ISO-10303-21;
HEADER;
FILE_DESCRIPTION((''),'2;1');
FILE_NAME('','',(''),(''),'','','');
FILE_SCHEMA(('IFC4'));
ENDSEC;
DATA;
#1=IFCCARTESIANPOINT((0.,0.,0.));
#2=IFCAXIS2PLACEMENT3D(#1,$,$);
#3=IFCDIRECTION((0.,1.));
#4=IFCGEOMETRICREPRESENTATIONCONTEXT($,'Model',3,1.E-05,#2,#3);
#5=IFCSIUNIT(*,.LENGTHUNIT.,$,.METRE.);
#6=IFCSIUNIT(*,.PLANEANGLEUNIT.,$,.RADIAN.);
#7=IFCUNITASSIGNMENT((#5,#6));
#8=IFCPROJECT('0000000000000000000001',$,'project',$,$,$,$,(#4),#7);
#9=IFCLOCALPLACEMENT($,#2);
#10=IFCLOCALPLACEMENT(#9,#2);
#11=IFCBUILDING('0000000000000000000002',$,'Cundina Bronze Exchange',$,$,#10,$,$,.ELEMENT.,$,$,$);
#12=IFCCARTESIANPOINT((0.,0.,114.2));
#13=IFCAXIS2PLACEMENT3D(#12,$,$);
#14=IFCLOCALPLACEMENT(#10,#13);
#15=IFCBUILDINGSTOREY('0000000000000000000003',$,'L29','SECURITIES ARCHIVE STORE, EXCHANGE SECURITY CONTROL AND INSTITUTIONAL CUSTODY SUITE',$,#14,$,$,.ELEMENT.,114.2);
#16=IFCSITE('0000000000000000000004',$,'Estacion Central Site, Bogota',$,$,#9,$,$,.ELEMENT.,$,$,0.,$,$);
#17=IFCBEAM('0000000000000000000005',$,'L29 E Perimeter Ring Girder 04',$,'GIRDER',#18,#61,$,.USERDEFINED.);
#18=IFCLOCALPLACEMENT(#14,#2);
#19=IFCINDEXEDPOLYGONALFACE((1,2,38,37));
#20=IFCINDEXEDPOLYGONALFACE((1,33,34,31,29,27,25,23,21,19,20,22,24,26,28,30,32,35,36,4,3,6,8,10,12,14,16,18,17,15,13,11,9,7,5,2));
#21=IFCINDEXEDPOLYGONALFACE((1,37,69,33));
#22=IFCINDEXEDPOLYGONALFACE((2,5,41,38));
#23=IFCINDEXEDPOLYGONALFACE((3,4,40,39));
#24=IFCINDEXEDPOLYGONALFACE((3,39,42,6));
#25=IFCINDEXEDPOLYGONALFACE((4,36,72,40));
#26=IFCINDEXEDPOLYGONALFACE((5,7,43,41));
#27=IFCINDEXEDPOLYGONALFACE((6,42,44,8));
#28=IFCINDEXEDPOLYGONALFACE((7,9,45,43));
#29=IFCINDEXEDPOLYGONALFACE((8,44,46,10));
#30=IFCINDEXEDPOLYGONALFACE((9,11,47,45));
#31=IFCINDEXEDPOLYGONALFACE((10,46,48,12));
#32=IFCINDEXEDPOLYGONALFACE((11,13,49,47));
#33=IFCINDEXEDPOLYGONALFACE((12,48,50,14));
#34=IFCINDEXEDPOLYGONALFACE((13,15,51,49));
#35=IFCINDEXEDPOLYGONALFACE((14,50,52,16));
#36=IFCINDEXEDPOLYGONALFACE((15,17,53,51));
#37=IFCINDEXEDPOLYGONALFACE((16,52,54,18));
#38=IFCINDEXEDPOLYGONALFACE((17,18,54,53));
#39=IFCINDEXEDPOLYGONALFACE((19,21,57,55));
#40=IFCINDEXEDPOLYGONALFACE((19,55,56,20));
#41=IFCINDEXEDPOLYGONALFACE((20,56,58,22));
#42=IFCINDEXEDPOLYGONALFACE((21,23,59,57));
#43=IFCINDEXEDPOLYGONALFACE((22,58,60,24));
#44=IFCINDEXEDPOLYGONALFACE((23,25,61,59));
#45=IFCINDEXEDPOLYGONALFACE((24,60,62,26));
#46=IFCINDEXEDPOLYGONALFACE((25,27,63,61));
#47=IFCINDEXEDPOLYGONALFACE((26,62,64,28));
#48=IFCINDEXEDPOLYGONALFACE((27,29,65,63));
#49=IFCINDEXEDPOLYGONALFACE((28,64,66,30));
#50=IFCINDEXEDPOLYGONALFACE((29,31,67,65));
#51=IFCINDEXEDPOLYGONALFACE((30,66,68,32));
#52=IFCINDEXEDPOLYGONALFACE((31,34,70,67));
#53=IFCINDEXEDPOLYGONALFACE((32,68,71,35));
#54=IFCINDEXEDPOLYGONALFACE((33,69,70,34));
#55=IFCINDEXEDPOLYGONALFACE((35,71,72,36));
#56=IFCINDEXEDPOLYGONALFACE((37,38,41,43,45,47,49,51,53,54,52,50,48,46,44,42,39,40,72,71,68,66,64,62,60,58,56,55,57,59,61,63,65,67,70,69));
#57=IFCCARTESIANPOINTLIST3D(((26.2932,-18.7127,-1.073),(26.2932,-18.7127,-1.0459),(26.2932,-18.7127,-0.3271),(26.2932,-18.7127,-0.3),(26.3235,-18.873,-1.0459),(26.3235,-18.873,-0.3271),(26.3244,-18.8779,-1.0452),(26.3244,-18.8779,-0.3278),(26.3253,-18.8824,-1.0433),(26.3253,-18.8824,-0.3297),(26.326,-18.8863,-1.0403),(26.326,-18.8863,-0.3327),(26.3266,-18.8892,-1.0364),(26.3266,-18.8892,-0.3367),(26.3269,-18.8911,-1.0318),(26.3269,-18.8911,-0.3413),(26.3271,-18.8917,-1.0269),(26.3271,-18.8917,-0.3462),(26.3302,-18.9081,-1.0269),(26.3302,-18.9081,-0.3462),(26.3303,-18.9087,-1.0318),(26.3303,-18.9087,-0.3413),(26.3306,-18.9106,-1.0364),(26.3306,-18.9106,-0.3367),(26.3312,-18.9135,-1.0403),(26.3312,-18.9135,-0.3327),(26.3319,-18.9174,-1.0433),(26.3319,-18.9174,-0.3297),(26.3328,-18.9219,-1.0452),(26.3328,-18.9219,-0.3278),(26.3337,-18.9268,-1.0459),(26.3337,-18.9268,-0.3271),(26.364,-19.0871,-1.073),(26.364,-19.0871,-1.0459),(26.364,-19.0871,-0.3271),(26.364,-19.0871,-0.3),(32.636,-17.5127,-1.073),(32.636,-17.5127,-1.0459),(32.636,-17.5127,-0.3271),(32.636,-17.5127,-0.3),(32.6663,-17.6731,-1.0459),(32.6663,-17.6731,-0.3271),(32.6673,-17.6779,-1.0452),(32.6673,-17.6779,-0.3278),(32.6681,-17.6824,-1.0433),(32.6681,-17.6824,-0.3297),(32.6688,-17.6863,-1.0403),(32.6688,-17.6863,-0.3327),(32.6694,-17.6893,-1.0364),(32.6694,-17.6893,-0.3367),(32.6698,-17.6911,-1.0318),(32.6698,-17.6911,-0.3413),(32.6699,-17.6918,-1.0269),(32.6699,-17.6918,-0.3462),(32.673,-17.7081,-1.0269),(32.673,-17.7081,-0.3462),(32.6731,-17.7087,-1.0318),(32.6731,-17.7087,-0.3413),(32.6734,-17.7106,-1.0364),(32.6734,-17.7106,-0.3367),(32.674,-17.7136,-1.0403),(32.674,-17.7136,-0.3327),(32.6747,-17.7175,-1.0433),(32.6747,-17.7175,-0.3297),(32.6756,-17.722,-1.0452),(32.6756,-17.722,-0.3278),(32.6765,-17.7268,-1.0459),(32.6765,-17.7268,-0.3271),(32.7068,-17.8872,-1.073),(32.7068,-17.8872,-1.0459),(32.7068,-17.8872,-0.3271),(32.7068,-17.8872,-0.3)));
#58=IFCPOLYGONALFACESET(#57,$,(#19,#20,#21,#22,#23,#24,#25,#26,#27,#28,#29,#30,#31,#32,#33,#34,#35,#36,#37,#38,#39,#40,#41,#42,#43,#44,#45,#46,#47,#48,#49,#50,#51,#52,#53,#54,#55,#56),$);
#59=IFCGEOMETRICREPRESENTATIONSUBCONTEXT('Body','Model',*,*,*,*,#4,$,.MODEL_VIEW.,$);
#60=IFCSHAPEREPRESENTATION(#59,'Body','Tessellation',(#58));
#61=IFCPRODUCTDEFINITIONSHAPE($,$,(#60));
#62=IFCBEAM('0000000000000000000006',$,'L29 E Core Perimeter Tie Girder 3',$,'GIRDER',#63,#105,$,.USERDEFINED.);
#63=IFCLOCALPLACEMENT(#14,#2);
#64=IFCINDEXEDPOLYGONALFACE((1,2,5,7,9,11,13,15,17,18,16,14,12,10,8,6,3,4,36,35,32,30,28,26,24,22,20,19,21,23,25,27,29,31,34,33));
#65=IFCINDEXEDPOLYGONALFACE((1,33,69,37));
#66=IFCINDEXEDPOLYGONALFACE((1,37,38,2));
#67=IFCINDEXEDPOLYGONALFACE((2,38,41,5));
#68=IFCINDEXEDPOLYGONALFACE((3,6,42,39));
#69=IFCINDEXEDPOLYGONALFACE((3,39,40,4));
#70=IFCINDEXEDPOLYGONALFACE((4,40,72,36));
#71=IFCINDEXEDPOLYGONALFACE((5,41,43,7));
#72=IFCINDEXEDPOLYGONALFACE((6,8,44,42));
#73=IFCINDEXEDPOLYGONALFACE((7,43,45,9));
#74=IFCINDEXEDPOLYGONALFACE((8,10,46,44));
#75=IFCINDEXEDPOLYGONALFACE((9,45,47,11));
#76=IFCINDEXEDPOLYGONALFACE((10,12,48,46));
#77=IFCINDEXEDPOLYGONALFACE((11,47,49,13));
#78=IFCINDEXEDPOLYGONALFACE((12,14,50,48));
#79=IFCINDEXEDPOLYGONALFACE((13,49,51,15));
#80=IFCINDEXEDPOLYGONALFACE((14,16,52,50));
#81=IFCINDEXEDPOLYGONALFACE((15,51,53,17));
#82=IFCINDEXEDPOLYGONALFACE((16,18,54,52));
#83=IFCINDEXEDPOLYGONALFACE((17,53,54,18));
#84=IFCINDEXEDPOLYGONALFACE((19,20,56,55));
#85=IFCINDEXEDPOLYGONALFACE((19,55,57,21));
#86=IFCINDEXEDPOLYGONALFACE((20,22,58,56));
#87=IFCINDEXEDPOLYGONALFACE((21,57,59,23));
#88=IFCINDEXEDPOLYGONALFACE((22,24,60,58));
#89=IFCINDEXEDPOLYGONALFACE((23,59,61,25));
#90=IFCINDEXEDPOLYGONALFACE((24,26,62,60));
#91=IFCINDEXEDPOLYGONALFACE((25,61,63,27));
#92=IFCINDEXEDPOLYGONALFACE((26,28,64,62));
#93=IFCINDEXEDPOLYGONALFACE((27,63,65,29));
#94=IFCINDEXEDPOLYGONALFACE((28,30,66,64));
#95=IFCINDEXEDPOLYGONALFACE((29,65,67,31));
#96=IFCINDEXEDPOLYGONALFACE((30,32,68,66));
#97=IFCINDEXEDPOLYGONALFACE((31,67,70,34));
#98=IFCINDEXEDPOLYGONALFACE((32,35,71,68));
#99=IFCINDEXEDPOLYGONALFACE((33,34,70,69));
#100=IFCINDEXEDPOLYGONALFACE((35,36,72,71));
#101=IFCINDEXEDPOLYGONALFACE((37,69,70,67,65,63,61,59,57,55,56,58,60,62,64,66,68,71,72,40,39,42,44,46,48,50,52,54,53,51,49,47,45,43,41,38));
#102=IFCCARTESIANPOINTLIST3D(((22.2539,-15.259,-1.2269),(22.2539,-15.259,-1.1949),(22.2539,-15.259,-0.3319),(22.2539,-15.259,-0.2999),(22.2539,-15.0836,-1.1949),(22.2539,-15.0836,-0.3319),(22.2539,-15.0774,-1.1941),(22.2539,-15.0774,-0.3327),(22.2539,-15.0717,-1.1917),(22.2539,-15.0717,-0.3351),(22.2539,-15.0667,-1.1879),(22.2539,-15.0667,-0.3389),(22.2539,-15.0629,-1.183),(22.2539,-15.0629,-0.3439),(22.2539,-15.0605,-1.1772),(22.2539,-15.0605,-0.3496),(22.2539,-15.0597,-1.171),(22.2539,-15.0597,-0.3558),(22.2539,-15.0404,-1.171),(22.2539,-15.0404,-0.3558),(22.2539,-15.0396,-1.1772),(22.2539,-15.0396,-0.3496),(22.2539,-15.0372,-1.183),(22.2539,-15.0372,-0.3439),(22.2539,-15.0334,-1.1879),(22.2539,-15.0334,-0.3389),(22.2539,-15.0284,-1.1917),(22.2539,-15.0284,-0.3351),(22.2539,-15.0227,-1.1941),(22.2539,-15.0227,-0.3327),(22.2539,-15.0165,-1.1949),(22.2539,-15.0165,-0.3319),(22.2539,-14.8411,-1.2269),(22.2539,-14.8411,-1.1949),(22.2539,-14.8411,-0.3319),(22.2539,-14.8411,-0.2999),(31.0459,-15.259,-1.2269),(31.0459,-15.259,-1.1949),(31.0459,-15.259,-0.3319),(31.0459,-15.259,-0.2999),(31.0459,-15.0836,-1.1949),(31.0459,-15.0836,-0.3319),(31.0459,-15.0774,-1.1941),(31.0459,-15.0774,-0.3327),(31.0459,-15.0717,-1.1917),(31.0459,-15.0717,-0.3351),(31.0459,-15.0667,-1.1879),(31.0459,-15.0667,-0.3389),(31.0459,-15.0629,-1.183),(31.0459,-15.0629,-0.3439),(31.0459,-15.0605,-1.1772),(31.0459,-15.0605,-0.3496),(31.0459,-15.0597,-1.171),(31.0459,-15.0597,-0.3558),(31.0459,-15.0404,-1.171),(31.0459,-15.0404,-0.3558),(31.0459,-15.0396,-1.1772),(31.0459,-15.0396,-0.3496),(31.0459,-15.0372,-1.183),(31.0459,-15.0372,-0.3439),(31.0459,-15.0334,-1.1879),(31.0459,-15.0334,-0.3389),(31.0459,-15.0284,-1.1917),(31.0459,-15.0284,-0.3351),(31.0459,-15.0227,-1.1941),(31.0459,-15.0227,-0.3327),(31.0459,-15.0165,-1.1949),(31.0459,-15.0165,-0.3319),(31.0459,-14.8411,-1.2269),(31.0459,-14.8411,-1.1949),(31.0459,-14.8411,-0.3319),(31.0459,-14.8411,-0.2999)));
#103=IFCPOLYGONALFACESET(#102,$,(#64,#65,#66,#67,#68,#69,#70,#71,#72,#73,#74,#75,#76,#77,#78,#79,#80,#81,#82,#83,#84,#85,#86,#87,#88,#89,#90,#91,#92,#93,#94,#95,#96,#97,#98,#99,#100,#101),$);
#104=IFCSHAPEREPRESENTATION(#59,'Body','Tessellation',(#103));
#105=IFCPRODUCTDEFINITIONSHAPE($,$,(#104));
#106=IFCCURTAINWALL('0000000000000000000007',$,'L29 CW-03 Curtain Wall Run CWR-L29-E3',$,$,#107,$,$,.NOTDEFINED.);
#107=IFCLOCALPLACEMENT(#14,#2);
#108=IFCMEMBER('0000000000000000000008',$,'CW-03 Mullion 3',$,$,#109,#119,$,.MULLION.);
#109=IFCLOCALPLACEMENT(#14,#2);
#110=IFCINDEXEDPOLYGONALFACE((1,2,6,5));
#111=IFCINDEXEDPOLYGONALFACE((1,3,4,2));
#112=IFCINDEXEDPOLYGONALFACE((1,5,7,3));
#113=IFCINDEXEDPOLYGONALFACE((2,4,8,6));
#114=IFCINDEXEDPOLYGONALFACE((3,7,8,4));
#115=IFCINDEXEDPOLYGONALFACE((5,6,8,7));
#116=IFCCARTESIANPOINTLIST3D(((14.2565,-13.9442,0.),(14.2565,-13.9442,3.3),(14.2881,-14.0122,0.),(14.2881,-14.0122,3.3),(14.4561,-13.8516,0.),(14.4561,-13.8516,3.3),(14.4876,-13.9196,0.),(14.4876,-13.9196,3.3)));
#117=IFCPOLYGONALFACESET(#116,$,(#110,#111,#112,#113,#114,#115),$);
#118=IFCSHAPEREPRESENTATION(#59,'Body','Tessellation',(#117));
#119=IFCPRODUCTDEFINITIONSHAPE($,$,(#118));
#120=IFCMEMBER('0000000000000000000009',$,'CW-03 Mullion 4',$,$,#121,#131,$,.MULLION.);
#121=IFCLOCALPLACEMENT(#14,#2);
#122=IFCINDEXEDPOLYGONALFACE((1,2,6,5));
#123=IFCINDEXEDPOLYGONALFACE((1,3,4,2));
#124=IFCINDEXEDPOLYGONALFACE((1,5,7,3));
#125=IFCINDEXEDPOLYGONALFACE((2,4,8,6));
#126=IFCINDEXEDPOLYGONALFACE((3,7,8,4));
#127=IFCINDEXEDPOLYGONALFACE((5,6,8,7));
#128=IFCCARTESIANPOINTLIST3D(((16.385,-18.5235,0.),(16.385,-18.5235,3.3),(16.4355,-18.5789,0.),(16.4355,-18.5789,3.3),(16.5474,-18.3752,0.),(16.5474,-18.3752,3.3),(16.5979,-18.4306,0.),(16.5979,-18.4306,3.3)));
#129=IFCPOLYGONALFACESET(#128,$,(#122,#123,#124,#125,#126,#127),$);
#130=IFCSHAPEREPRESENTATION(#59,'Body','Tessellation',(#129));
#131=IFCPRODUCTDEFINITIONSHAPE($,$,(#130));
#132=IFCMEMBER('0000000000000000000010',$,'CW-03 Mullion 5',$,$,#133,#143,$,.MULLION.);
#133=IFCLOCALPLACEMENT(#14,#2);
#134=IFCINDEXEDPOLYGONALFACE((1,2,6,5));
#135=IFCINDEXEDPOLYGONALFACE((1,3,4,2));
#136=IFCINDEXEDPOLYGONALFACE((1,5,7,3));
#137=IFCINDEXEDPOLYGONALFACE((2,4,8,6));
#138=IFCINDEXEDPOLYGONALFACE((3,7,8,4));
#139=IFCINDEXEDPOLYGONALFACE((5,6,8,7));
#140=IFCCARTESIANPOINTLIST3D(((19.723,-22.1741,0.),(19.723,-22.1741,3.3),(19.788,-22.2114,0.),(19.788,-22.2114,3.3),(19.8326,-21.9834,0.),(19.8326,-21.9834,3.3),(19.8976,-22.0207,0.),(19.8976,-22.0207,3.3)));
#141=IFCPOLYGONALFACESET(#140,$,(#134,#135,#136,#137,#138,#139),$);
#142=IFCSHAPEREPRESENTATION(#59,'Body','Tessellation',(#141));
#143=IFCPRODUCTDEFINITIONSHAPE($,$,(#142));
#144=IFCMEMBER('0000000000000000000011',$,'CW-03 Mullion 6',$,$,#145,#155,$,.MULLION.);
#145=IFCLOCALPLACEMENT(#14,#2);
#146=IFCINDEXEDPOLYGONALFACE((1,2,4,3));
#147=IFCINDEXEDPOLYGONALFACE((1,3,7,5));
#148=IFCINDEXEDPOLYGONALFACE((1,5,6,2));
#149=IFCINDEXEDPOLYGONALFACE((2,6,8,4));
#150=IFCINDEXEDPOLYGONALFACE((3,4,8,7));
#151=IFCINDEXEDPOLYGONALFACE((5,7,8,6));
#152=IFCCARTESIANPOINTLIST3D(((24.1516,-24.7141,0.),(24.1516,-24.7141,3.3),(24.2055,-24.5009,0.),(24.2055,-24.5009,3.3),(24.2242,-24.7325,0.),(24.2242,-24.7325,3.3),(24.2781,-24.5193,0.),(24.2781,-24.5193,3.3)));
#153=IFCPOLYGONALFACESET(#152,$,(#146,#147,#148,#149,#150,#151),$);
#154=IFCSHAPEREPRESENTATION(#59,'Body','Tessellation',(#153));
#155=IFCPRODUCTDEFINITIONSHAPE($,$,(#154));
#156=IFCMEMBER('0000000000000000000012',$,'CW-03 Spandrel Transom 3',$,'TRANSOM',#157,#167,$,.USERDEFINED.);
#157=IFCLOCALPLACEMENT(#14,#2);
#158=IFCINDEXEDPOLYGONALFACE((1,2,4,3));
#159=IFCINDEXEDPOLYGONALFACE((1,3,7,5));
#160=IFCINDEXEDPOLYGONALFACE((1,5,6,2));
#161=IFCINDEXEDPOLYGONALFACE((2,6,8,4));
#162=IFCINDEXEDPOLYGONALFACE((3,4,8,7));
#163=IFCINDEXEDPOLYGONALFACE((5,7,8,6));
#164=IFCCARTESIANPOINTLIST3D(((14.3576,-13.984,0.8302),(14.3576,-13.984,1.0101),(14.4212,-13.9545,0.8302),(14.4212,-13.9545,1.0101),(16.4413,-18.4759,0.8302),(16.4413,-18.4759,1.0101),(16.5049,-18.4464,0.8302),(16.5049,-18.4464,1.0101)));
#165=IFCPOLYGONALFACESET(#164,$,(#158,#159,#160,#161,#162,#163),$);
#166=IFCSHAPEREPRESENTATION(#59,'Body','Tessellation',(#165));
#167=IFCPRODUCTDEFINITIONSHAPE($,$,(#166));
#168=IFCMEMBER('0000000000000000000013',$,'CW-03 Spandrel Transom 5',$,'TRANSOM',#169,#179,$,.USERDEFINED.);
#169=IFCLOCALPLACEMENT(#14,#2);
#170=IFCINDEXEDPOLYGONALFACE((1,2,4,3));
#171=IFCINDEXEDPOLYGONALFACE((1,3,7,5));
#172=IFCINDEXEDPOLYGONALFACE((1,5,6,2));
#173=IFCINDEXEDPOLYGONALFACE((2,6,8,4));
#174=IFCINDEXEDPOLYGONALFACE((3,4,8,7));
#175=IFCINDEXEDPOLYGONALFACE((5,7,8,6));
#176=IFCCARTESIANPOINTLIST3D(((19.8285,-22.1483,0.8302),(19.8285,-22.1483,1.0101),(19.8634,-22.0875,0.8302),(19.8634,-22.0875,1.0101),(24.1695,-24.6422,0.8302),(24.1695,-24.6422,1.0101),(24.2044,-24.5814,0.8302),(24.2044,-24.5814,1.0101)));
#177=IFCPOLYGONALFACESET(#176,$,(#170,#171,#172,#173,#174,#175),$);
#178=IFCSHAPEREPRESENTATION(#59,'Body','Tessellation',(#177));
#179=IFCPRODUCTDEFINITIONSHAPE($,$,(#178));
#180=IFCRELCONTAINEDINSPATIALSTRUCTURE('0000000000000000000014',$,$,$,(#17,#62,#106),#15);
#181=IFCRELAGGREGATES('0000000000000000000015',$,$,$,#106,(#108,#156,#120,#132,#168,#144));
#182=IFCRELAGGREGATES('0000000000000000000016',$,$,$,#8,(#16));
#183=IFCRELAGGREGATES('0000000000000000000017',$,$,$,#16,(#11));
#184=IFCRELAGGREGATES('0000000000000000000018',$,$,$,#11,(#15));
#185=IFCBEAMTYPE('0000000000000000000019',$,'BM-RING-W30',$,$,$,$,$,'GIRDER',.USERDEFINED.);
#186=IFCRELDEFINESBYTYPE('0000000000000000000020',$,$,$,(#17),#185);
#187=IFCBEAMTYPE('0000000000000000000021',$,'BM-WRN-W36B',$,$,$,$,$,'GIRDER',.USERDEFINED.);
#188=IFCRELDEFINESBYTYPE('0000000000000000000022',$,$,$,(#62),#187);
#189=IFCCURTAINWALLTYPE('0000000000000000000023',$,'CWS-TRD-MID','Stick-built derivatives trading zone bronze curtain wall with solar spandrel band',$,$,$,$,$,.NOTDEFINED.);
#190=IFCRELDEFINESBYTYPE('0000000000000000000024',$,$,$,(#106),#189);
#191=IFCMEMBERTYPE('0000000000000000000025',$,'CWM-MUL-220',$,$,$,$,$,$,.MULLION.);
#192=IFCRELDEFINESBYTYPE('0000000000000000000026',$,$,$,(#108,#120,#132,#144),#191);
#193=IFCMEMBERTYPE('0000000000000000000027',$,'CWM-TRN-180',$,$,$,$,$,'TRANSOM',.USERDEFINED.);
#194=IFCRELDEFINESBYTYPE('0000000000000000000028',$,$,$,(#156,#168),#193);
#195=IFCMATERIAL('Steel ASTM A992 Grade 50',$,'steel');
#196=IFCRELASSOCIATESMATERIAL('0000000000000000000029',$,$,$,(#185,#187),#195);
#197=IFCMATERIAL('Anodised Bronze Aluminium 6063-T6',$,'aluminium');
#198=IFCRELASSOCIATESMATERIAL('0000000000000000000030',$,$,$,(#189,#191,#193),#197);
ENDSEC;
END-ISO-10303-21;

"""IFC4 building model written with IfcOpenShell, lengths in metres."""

from ifc_helpers import new_model, si_unit, direction, frame, origin, origin_2d, place, context, subcontext, project, spatial, rectangle, i_section, extrude, material, material_profile, profile_set, type_object, element, aggregate, save


model = new_model("IFC4")

# Units and contexts
model_context = context("Model", 3, precision=1e-05, world=origin(), true_north=direction((0.0, 1.0)))
body_context = subcontext(model_context, "Body", "Model", "MODEL_VIEW")
ifc_project = project(units=[si_unit("LENGTHUNIT", "METRE"), si_unit("PLANEANGLEUNIT", "RADIAN")], contexts=[model_context])

# Site, building, storey
site_placement = place(None, origin())
site = spatial("IfcSite", under=ifc_project, at=site_placement, Name="Estacion Central Site, Bogota", CompositionType="ELEMENT", RefElevation=0.0)
building_placement = place(site_placement, origin())
building = spatial("IfcBuilding", under=site, at=building_placement, Name="Cundina Bronze Exchange", CompositionType="ELEMENT")
storey_placement = place(building_placement, frame((0.0, 0.0, 114.2)))
storey = spatial("IfcBuildingStorey", under=building, at=storey_placement, Name="L29", Description="SECURITIES ARCHIVE STORE, EXCHANGE SECURITY CONTROL AND INSTITUTIONAL CUSTODY SUITE", CompositionType="ELEMENT", Elevation=114.2)

# Shared definitions
ifc_material_1 = material(Name="Steel ASTM A992 Grade 50", Category="steel")

# Beams
ifc_material_profile_1 = material_profile(ifc_material_1, i_section(OverallWidth=0.3811, OverallDepth=0.7729, WebThickness=0.0166, FlangeThickness=0.0271, FilletRadius=0.019, at=origin_2d()), Name="W30X173", Category="steel")
ifc_profile_set_1 = profile_set([ifc_material_profile_1], Name="Steel ASTM A992 Grade 50")
beam_type_1 = type_object("IfcBeamType", Name="BM-RING-W30", ElementType="GIRDER", PredefinedType="USERDEFINED", material=ifc_profile_set_1)
beam_1_placement = place(storey_placement, frame((26.3286, -18.8999, -0.6865), z_axis=(0.982571, 0.185887, 0.0), x_axis=(-0.185887, 0.982571, 0.0)))
element("IfcBeam", 1, at=beam_1_placement, inside=storey, type_object=beam_type_1, Name="L29 E Perimeter Ring Girder 04", ObjectType="GIRDER", PredefinedType="USERDEFINED", context=body_context, shape_type="SweptSolid", body=[
    extrude(i_section(OverallWidth=0.3811, OverallDepth=0.7729, WebThickness=0.0166, FlangeThickness=0.0271, FilletRadius=0.019, at=origin_2d()), origin(), (0.0, 0.0, 1.0), 6.4553),
])
ifc_material_profile_2 = material_profile(ifc_material_1, i_section(OverallWidth=0.418, OverallDepth=0.927, WebThickness=0.0193, FlangeThickness=0.032, FilletRadius=0.0239, at=origin_2d()), Name="W36X231", Category="steel")
ifc_profile_set_2 = profile_set([ifc_material_profile_2], Name="Steel ASTM A992 Grade 50")
beam_type_2 = type_object("IfcBeamType", Name="BM-WRN-W36B", ElementType="GIRDER", PredefinedType="USERDEFINED", material=ifc_profile_set_2)
beam_2_placement = place(storey_placement, frame((22.2539, -15.05, -0.7634), z_axis=(1.0, 0.0, 0.0), x_axis=(0.0, 1.0, 0.0)))
element("IfcBeam", 2, at=beam_2_placement, inside=storey, type_object=beam_type_2, Name="L29 E Core Perimeter Tie Girder 3", ObjectType="GIRDER", PredefinedType="USERDEFINED", context=body_context, shape_type="SweptSolid", body=[
    extrude(i_section(OverallWidth=0.418, OverallDepth=0.927, WebThickness=0.0193, FlangeThickness=0.032, FilletRadius=0.0239, at=origin_2d()), origin(), (0.0, 0.0, 1.0), 8.792),
])

# Curtain wall, members
ifc_material_2 = material(Name="Anodised Bronze Aluminium 6063-T6", Category="aluminium")
curtain_wall_type = type_object("IfcCurtainWallType", Name="CWS-TRD-MID", Description="Stick-built derivatives trading zone bronze curtain wall with solar spandrel band", PredefinedType="NOTDEFINED", material=ifc_material_2)
curtain_wall_placement = place(storey_placement, origin())
curtain_wall = element("IfcCurtainWall", 3, at=curtain_wall_placement, inside=storey, type_object=curtain_wall_type, Name="L29 CW-03 Curtain Wall Run CWR-L29-E3", PredefinedType="NOTDEFINED")
ifc_material_profile_3 = material_profile(ifc_material_2, rectangle(XDim=0.075, YDim=0.22, at=origin_2d()), Name="AL75X220", Category="aluminium")
ifc_profile_set_3 = profile_set([ifc_material_profile_3], Name="Anodised Bronze Aluminium 6063-T6")
member_type_1 = type_object("IfcMemberType", Name="CWM-MUL-220", PredefinedType="MULLION", material=ifc_profile_set_3)
member_1_placement = place(storey_placement, frame((14.3721, -13.9319, 0.0), z_axis=(0.0, 0.0, 1.0), x_axis=(0.420877, -0.907117, 0.0)))
member_1 = element("IfcMember", 4, at=member_1_placement, type_object=member_type_1, Name="CW-03 Mullion 3", PredefinedType="MULLION", context=body_context, shape_type="SweptSolid", body=[
    extrude(rectangle(XDim=0.075, YDim=0.22, at=origin_2d()), origin(), (0.0, 0.0, 1.0), 3.3),
])
member_2_placement = place(storey_placement, frame((16.4915, -18.4771, 0.0), z_axis=(0.0, 0.0, 1.0), x_axis=(0.674302, -0.738455, 0.0)))
member_2 = element("IfcMember", 5, at=member_2_placement, type_object=member_type_1, Name="CW-03 Mullion 4", PredefinedType="MULLION", context=body_context, shape_type="SweptSolid", body=[
    extrude(rectangle(XDim=0.075, YDim=0.22, at=origin_2d()), origin(), (0.0, 0.0, 1.0), 3.3),
])
member_3_placement = place(storey_placement, frame((19.8103, -22.0974, 0.0), z_axis=(0.0, 0.0, 1.0), x_axis=(0.867071, -0.498185, 0.0)))
member_3 = element("IfcMember", 6, at=member_3_placement, type_object=member_type_1, Name="CW-03 Mullion 5", PredefinedType="MULLION", context=body_context, shape_type="SweptSolid", body=[
    extrude(rectangle(XDim=0.075, YDim=0.22, at=origin_2d()), origin(), (0.0, 0.0, 1.0), 3.3),
])
member_4_placement = place(storey_placement, frame((24.2148, -24.6167, 0.0), z_axis=(0.0, 0.0, 1.0), x_axis=(0.969488, -0.245138, 0.0)))
member_4 = element("IfcMember", 7, at=member_4_placement, type_object=member_type_1, Name="CW-03 Mullion 6", PredefinedType="MULLION", context=body_context, shape_type="SweptSolid", body=[
    extrude(rectangle(XDim=0.075, YDim=0.22, at=origin_2d()), origin(), (0.0, 0.0, 1.0), 3.3),
])
ifc_material_profile_4 = material_profile(ifc_material_2, rectangle(XDim=0.0701, YDim=0.1799, at=origin_2d()), Name="AL70X180", Category="aluminium")
ifc_profile_set_4 = profile_set([ifc_material_profile_4], Name="Anodised Bronze Aluminium 6063-T6")
member_type_2 = type_object("IfcMemberType", Name="CWM-TRN-180", ElementType="TRANSOM", PredefinedType="USERDEFINED", material=ifc_profile_set_4)
member_5_placement = place(storey_placement, frame((14.3894, -13.9692, 0.9202), z_axis=(0.420811, -0.907148, 0.0), x_axis=(0.907148, 0.420811, 0.0)))
member_5 = element("IfcMember", 8, at=member_5_placement, type_object=member_type_2, Name="CW-03 Spandrel Transom 3", ObjectType="TRANSOM", PredefinedType="USERDEFINED", context=body_context, shape_type="SweptSolid", body=[
    extrude(rectangle(XDim=0.0701, YDim=0.1799, at=origin_2d()), origin(), (0.0, 0.0, 1.0), 4.9517),
])
member_6_placement = place(storey_placement, frame((19.8459, -22.1179, 0.9202), z_axis=(0.867097, -0.498139, 0.0), x_axis=(0.498139, 0.867097, 0.0)))
member_6 = element("IfcMember", 9, at=member_6_placement, type_object=member_type_2, Name="CW-03 Spandrel Transom 5", ObjectType="TRANSOM", PredefinedType="USERDEFINED", context=body_context, shape_type="SweptSolid", body=[
    extrude(rectangle(XDim=0.0701, YDim=0.1799, at=origin_2d()), origin(), (0.0, 0.0, 1.0), 5.0063),
])
aggregate(curtain_wall, [member_1, member_5, member_2, member_3, member_6, member_4])

save(model, "model.ifc")
